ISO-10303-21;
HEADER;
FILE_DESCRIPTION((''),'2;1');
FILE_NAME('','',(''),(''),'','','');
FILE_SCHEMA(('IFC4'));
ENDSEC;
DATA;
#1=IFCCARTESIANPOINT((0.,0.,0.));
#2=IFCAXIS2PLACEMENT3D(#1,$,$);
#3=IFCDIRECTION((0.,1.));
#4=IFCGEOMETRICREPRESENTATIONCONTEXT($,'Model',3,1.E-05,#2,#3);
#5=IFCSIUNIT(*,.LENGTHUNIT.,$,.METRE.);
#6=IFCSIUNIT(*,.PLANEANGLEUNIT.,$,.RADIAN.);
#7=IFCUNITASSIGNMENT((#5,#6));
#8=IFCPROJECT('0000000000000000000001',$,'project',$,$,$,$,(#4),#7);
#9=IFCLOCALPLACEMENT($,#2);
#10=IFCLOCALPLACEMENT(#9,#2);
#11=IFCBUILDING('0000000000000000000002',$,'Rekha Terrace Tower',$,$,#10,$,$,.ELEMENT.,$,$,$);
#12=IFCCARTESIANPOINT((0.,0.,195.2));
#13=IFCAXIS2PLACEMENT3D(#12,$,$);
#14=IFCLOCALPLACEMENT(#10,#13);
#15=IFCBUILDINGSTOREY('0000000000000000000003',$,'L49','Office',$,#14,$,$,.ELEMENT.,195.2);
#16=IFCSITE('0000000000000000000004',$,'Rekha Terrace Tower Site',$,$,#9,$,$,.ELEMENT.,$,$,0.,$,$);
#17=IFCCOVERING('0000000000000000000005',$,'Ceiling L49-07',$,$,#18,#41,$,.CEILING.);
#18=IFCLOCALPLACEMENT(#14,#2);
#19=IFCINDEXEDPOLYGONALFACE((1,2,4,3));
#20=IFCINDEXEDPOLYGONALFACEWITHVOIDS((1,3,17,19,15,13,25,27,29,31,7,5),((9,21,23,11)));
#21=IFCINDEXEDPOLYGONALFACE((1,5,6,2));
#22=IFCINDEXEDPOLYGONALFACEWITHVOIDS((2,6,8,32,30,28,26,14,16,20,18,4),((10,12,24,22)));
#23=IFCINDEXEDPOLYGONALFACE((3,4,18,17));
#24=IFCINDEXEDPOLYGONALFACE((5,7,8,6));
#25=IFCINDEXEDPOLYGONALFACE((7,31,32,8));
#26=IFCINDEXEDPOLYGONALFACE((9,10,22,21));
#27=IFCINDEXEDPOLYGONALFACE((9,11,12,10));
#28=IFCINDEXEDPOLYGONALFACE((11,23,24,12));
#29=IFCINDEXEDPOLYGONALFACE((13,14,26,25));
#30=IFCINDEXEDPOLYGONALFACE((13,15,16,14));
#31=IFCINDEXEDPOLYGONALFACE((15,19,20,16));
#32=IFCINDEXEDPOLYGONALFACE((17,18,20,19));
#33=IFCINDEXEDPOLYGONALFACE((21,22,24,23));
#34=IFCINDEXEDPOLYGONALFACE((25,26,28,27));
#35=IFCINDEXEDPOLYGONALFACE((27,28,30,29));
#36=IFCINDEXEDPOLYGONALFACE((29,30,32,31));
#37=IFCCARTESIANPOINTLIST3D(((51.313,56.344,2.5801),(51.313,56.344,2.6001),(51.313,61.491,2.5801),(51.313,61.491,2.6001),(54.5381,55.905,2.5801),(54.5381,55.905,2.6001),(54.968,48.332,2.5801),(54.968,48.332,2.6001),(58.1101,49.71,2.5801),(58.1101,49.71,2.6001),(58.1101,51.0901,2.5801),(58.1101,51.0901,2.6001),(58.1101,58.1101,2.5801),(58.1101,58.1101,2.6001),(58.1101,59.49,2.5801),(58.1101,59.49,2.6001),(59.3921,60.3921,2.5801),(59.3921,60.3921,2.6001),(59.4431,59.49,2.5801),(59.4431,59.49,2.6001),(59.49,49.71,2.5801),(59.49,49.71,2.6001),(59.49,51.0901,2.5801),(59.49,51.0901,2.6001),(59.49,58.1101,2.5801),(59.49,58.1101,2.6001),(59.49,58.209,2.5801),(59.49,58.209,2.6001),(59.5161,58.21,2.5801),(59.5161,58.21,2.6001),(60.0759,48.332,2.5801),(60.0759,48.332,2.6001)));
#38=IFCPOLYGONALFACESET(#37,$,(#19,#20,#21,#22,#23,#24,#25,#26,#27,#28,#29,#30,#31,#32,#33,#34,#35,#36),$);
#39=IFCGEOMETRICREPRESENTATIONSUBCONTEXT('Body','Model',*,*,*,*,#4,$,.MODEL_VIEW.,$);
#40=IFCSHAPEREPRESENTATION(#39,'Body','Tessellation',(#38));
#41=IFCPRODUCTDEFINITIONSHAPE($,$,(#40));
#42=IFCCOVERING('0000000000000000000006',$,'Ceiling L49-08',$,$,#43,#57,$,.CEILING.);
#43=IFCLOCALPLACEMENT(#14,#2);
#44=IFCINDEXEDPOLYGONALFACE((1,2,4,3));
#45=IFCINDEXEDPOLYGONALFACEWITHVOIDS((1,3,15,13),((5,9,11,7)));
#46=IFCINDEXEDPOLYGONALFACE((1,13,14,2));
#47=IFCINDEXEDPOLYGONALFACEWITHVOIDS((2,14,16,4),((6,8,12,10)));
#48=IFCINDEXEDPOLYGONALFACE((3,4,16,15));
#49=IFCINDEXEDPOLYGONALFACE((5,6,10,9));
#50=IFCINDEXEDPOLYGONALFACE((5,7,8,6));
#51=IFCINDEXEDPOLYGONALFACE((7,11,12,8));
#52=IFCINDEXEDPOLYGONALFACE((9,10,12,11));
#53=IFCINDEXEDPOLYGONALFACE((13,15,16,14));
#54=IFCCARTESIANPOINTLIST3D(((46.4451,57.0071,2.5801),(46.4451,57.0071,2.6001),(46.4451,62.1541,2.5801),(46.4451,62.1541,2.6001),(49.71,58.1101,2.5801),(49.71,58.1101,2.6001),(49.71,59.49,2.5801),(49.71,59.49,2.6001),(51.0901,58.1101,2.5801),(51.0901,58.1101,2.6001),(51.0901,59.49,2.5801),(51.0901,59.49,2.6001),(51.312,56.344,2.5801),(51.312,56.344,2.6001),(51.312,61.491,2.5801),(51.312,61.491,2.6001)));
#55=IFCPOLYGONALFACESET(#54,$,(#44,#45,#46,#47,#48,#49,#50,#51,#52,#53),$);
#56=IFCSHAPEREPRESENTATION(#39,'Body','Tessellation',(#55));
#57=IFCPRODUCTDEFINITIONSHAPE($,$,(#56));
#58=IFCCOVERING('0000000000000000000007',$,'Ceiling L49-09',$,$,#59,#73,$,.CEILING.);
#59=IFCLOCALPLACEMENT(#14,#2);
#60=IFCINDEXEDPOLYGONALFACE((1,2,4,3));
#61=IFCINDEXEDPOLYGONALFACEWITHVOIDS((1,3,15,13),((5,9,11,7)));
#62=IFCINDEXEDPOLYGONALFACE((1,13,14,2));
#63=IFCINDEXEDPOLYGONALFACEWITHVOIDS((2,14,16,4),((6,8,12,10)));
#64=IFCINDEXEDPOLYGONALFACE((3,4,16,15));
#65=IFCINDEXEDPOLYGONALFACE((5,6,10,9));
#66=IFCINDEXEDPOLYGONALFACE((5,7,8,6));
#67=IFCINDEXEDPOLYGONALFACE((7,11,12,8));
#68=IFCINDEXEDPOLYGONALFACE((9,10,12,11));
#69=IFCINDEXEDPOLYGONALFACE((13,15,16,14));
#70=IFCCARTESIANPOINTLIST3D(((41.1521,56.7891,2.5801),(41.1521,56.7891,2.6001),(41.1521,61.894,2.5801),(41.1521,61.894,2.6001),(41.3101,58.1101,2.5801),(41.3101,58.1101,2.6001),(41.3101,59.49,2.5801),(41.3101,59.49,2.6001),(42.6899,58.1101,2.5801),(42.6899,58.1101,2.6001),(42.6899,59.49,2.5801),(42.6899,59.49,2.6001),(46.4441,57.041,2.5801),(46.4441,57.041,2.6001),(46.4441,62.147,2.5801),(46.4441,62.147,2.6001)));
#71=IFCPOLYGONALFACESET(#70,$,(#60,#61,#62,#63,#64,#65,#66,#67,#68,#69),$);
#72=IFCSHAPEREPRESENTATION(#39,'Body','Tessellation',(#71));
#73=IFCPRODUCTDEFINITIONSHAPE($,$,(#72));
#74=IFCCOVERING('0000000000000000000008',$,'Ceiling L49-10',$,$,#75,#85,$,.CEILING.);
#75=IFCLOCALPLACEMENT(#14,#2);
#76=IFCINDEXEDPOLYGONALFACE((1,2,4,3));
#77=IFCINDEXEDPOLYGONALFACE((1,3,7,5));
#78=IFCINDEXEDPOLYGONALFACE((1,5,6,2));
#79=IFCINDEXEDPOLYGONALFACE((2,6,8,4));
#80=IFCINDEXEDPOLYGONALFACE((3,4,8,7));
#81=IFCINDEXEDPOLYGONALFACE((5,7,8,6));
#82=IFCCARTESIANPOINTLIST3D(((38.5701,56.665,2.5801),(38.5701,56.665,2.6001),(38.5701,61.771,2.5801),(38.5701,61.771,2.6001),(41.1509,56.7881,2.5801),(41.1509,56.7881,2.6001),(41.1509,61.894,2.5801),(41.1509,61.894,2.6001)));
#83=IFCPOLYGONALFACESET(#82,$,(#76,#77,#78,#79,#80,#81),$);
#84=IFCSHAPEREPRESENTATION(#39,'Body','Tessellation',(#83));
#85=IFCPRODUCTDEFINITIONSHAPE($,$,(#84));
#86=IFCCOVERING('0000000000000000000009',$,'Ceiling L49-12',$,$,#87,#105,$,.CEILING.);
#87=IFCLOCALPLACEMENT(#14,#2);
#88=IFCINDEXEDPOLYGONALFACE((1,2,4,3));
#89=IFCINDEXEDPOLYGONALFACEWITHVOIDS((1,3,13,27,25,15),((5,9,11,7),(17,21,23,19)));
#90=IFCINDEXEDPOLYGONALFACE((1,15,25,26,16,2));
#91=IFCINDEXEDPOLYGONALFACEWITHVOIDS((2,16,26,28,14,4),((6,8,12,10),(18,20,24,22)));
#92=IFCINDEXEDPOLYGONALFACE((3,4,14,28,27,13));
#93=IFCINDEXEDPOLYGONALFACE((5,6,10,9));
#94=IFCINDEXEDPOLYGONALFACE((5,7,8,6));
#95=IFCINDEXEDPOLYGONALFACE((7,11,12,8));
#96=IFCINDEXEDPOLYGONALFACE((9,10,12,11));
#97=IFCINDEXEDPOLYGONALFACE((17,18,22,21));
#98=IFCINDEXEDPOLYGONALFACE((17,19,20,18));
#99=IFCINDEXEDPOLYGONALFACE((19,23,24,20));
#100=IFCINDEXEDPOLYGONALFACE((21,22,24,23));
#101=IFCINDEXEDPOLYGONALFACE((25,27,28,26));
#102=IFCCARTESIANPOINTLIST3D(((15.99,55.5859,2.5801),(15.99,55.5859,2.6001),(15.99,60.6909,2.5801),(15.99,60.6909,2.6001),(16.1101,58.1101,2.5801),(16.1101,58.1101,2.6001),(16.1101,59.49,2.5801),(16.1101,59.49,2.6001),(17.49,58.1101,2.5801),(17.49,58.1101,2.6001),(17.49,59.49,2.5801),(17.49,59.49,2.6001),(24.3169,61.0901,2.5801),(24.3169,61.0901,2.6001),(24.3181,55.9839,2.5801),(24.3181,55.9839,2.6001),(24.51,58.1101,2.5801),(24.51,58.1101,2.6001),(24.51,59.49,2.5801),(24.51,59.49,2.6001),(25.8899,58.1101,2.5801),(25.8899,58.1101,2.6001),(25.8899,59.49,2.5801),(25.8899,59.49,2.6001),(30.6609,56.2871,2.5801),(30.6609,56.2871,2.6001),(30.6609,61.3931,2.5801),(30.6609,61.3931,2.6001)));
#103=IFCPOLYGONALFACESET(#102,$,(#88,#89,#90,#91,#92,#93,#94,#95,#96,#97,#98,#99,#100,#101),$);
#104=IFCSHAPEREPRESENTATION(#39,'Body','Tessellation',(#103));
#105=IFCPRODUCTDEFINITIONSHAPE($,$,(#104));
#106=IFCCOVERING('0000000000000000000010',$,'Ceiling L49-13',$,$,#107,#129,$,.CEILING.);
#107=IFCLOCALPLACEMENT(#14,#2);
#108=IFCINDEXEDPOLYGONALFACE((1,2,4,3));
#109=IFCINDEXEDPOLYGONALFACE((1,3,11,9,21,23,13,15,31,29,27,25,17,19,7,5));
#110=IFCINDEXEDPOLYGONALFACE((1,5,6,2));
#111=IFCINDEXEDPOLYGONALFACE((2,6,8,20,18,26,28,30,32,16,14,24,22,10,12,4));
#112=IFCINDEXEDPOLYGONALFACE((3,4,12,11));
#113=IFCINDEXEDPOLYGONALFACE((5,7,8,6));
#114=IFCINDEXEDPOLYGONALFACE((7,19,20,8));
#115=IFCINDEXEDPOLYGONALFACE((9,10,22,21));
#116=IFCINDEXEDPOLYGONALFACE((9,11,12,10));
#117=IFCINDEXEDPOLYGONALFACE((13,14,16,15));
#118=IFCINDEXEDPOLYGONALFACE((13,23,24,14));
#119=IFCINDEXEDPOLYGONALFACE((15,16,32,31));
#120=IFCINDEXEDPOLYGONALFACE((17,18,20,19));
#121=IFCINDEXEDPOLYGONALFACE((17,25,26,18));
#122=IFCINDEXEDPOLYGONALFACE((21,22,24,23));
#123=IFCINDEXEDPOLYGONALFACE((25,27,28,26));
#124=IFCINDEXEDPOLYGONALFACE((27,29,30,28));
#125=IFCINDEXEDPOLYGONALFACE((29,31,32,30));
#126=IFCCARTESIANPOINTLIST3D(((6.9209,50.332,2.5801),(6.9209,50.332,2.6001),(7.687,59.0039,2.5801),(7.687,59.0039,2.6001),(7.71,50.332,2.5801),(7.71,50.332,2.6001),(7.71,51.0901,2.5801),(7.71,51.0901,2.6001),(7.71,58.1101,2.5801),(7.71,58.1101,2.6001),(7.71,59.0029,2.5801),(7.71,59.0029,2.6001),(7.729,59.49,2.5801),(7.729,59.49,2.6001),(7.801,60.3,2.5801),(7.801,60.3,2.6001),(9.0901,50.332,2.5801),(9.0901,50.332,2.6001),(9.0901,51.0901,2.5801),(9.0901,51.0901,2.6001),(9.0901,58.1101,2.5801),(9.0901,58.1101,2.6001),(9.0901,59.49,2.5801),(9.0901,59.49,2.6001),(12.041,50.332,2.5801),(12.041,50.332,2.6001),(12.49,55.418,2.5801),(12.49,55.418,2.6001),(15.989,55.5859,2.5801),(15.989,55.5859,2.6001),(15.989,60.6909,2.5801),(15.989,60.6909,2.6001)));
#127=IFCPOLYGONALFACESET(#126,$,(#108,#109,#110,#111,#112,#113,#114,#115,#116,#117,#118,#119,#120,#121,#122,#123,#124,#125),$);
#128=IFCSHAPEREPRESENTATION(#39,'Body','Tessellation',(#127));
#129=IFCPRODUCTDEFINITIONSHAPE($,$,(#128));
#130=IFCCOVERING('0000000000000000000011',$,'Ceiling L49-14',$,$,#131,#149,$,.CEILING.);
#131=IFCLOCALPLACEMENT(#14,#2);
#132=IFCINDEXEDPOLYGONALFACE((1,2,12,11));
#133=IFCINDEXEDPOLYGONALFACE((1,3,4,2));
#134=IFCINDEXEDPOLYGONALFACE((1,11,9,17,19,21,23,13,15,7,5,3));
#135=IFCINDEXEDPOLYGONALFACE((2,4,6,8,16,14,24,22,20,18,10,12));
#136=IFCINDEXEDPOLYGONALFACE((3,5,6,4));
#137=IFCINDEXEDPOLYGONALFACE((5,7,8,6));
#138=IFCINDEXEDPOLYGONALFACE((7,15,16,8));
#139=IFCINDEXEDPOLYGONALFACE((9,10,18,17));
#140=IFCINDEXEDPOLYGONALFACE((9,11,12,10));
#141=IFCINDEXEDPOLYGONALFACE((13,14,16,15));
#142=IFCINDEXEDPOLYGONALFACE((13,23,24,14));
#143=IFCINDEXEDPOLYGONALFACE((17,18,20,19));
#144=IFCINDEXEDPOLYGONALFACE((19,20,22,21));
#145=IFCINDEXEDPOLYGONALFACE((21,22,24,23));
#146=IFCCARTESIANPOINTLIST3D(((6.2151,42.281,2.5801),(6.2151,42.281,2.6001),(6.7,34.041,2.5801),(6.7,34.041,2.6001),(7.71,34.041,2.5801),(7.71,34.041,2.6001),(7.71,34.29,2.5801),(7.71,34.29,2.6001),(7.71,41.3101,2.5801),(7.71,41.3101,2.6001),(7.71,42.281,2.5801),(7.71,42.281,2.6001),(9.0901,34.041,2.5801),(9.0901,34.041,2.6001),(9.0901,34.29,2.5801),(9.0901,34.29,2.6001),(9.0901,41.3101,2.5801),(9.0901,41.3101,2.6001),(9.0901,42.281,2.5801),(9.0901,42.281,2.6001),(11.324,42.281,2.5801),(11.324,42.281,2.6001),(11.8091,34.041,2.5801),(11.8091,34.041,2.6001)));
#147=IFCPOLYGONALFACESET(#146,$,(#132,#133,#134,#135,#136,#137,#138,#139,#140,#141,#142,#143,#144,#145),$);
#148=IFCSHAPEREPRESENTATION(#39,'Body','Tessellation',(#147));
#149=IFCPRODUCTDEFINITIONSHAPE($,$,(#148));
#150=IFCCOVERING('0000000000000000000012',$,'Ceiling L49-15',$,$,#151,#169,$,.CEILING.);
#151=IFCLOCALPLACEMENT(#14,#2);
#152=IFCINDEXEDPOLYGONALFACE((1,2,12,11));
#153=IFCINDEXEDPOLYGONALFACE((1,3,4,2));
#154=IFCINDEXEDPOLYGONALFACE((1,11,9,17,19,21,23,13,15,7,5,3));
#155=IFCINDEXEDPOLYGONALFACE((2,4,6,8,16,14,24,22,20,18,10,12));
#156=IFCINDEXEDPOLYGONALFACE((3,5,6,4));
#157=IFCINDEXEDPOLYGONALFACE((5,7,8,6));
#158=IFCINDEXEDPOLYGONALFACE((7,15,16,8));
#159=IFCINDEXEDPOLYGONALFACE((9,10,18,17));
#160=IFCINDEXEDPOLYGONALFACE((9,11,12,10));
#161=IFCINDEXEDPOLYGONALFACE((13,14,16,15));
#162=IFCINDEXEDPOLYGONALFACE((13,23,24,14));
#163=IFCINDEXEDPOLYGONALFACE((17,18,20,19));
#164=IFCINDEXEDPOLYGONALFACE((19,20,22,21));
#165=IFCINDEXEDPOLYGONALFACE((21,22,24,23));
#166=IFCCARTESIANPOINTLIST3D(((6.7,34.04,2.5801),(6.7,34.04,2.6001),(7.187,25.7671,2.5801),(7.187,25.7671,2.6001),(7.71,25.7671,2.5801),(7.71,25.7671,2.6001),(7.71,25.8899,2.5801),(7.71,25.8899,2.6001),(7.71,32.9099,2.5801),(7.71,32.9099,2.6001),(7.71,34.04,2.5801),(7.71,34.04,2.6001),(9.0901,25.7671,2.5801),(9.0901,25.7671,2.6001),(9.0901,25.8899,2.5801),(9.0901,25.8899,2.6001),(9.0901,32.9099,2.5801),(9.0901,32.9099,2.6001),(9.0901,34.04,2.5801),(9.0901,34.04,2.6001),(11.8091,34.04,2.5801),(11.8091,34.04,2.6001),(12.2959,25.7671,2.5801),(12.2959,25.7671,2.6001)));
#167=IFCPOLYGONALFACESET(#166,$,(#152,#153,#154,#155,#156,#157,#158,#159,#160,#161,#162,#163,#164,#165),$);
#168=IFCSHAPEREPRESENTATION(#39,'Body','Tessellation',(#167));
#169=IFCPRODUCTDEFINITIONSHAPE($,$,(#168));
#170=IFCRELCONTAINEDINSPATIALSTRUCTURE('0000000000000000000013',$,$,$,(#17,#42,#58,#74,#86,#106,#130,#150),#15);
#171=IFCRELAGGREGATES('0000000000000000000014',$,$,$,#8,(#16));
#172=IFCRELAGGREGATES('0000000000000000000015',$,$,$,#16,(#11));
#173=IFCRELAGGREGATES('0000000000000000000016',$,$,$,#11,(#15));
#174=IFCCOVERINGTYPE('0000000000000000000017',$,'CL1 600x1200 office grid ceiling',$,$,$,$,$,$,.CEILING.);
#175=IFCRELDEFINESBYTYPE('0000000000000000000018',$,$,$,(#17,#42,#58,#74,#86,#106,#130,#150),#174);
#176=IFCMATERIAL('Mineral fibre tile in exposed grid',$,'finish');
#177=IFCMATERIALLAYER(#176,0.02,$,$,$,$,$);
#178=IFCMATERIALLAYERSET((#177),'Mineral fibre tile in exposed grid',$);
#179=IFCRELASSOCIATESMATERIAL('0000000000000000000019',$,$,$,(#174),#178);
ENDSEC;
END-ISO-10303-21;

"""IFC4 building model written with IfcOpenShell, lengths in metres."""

from ifc_helpers import new_model, si_unit, direction, frame, origin, place, context, subcontext, project, spatial, polyline, outline, extrude, material, layer, layer_set, type_object, element, save


model = new_model("IFC4")

# Units and contexts
model_context = context("Model", 3, precision=1e-05, world=origin(), true_north=direction((0.0, 1.0)))
body_context = subcontext(model_context, "Body", "Model", "MODEL_VIEW")
ifc_project = project(units=[si_unit("LENGTHUNIT", "METRE"), si_unit("PLANEANGLEUNIT", "RADIAN")], contexts=[model_context])

# Site, building, storey
site_placement = place(None, origin())
site = spatial("IfcSite", under=ifc_project, at=site_placement, Name="Rekha Terrace Tower Site", CompositionType="ELEMENT", RefElevation=0.0)
building_placement = place(site_placement, origin())
building = spatial("IfcBuilding", under=site, at=building_placement, Name="Rekha Terrace Tower", CompositionType="ELEMENT")
storey_placement = place(building_placement, frame((0.0, 0.0, 195.2)))
storey = spatial("IfcBuildingStorey", under=building, at=storey_placement, Name="L49", Description="Office", CompositionType="ELEMENT", Elevation=195.2)

# Coverings
ifc_material_1 = material(Name="Mineral fibre tile in exposed grid", Category="finish")
ifc_layer_1 = layer(ifc_material_1, 0.02)
ifc_layer_set_1 = layer_set([ifc_layer_1], Name="Mineral fibre tile in exposed grid")
covering_type_1 = type_object("IfcCoveringType", Name="CL1 600x1200 office grid ceiling", PredefinedType="CEILING", material=ifc_layer_set_1)
covering_1_placement = place(storey_placement, frame((0.0, 0.0, 2.5801)))
element("IfcCovering", 1, at=covering_1_placement, inside=storey, type_object=covering_type_1, Name="Ceiling L49-07", PredefinedType="CEILING", context=body_context, shape_type="SweptSolid", body=[
    extrude(outline(polyline([(59.3921, 60.3921), (51.313, 61.491), (51.313, 56.344), (54.5381, 55.905), (54.968, 48.332), (60.0759, 48.332), (59.5161, 58.21), (59.49, 58.209), (59.49, 58.1101), (58.1101, 58.1101), (58.1101, 59.49), (59.4431, 59.49), (59.3921, 60.3921)]), holes=[polyline([(59.49, 51.0901), (59.49, 49.71), (58.1101, 49.71), (58.1101, 51.0901), (59.49, 51.0901)])]), origin(), (0.0, 0.0, 1.0), 0.02),
])
covering_2_placement = place(storey_placement, frame((0.0, 0.0, 2.5801)))
element("IfcCovering", 2, at=covering_2_placement, inside=storey, type_object=covering_type_1, Name="Ceiling L49-08", PredefinedType="CEILING", context=body_context, shape_type="SweptSolid", body=[
    extrude(outline(polyline([(51.312, 56.344), (51.312, 61.491), (46.4451, 62.1541), (46.4451, 57.0071), (51.312, 56.344)]), holes=[polyline([(51.0901, 58.1101), (49.71, 58.1101), (49.71, 59.49), (51.0901, 59.49), (51.0901, 58.1101)])]), origin(), (0.0, 0.0, 1.0), 0.02),
])
covering_3_placement = place(storey_placement, frame((0.0, 0.0, 2.5801)))
element("IfcCovering", 3, at=covering_3_placement, inside=storey, type_object=covering_type_1, Name="Ceiling L49-09", PredefinedType="CEILING", context=body_context, shape_type="SweptSolid", body=[
    extrude(outline(polyline([(46.4441, 62.147), (41.1521, 61.894), (41.1521, 56.7891), (46.4441, 57.041), (46.4441, 62.147)]), holes=[polyline([(42.6899, 59.49), (42.6899, 58.1101), (41.3101, 58.1101), (41.3101, 59.49), (42.6899, 59.49)])]), origin(), (0.0, 0.0, 1.0), 0.02),
])
covering_4_placement = place(storey_placement, frame((0.0, 0.0, 2.5801)))
element("IfcCovering", 4, at=covering_4_placement, inside=storey, type_object=covering_type_1, Name="Ceiling L49-10", PredefinedType="CEILING", context=body_context, shape_type="SweptSolid", body=[
    extrude(outline(polyline([(41.1509, 56.7881), (41.1509, 61.894), (38.5701, 61.771), (38.5701, 56.665), (41.1509, 56.7881)])), origin(), (0.0, 0.0, 1.0), 0.02),
])
covering_5_placement = place(storey_placement, frame((0.0, 0.0, 2.5801)))
element("IfcCovering", 5, at=covering_5_placement, inside=storey, type_object=covering_type_1, Name="Ceiling L49-12", PredefinedType="CEILING", context=body_context, shape_type="SweptSolid", body=[
    extrude(outline(polyline([(30.6609, 61.3931), (24.3169, 61.0901), (15.99, 60.6909), (15.99, 55.5859), (24.3181, 55.9839), (30.6609, 56.2871), (30.6609, 61.3931)]), holes=[polyline([(25.8899, 58.1101), (24.51, 58.1101), (24.51, 59.49), (25.8899, 59.49), (25.8899, 58.1101)]), polyline([(17.49, 59.49), (17.49, 58.1101), (16.1101, 58.1101), (16.1101, 59.49), (17.49, 59.49)])]), origin(), (0.0, 0.0, 1.0), 0.02),
])
covering_6_placement = place(storey_placement, frame((0.0, 0.0, 2.5801)))
element("IfcCovering", 6, at=covering_6_placement, inside=storey, type_object=covering_type_1, Name="Ceiling L49-13", PredefinedType="CEILING", context=body_context, shape_type="SweptSolid", body=[
    extrude(outline(polyline([(9.0901, 51.0901), (9.0901, 50.332), (12.041, 50.332), (12.49, 55.418), (15.989, 55.5859), (15.989, 60.6909), (7.801, 60.3), (7.729, 59.49), (9.0901, 59.49), (9.0901, 58.1101), (7.71, 58.1101), (7.71, 59.0029), (7.687, 59.0039), (6.9209, 50.332), (7.71, 50.332), (7.71, 51.0901), (9.0901, 51.0901)])), origin(), (0.0, 0.0, 1.0), 0.02),
])
covering_7_placement = place(storey_placement, frame((0.0, 0.0, 2.5801)))
element("IfcCovering", 7, at=covering_7_placement, inside=storey, type_object=covering_type_1, Name="Ceiling L49-14", PredefinedType="CEILING", context=body_context, shape_type="SweptSolid", body=[
    extrude(outline(polyline([(9.0901, 34.29), (9.0901, 34.041), (11.8091, 34.041), (11.324, 42.281), (9.0901, 42.281), (9.0901, 41.3101), (7.71, 41.3101), (7.71, 42.281), (6.2151, 42.281), (6.7, 34.041), (7.71, 34.041), (7.71, 34.29), (9.0901, 34.29)])), origin(), (0.0, 0.0, 1.0), 0.02),
])
covering_8_placement = place(storey_placement, frame((0.0, 0.0, 2.5801)))
element("IfcCovering", 8, at=covering_8_placement, inside=storey, type_object=covering_type_1, Name="Ceiling L49-15", PredefinedType="CEILING", context=body_context, shape_type="SweptSolid", body=[
    extrude(outline(polyline([(7.71, 34.04), (6.7, 34.04), (7.187, 25.7671), (7.71, 25.7671), (7.71, 25.8899), (9.0901, 25.8899), (9.0901, 25.7671), (12.2959, 25.7671), (11.8091, 34.04), (9.0901, 34.04), (9.0901, 32.9099), (7.71, 32.9099), (7.71, 34.04)])), origin(), (0.0, 0.0, 1.0), 0.02),
])

save(model, "model.ifc")
